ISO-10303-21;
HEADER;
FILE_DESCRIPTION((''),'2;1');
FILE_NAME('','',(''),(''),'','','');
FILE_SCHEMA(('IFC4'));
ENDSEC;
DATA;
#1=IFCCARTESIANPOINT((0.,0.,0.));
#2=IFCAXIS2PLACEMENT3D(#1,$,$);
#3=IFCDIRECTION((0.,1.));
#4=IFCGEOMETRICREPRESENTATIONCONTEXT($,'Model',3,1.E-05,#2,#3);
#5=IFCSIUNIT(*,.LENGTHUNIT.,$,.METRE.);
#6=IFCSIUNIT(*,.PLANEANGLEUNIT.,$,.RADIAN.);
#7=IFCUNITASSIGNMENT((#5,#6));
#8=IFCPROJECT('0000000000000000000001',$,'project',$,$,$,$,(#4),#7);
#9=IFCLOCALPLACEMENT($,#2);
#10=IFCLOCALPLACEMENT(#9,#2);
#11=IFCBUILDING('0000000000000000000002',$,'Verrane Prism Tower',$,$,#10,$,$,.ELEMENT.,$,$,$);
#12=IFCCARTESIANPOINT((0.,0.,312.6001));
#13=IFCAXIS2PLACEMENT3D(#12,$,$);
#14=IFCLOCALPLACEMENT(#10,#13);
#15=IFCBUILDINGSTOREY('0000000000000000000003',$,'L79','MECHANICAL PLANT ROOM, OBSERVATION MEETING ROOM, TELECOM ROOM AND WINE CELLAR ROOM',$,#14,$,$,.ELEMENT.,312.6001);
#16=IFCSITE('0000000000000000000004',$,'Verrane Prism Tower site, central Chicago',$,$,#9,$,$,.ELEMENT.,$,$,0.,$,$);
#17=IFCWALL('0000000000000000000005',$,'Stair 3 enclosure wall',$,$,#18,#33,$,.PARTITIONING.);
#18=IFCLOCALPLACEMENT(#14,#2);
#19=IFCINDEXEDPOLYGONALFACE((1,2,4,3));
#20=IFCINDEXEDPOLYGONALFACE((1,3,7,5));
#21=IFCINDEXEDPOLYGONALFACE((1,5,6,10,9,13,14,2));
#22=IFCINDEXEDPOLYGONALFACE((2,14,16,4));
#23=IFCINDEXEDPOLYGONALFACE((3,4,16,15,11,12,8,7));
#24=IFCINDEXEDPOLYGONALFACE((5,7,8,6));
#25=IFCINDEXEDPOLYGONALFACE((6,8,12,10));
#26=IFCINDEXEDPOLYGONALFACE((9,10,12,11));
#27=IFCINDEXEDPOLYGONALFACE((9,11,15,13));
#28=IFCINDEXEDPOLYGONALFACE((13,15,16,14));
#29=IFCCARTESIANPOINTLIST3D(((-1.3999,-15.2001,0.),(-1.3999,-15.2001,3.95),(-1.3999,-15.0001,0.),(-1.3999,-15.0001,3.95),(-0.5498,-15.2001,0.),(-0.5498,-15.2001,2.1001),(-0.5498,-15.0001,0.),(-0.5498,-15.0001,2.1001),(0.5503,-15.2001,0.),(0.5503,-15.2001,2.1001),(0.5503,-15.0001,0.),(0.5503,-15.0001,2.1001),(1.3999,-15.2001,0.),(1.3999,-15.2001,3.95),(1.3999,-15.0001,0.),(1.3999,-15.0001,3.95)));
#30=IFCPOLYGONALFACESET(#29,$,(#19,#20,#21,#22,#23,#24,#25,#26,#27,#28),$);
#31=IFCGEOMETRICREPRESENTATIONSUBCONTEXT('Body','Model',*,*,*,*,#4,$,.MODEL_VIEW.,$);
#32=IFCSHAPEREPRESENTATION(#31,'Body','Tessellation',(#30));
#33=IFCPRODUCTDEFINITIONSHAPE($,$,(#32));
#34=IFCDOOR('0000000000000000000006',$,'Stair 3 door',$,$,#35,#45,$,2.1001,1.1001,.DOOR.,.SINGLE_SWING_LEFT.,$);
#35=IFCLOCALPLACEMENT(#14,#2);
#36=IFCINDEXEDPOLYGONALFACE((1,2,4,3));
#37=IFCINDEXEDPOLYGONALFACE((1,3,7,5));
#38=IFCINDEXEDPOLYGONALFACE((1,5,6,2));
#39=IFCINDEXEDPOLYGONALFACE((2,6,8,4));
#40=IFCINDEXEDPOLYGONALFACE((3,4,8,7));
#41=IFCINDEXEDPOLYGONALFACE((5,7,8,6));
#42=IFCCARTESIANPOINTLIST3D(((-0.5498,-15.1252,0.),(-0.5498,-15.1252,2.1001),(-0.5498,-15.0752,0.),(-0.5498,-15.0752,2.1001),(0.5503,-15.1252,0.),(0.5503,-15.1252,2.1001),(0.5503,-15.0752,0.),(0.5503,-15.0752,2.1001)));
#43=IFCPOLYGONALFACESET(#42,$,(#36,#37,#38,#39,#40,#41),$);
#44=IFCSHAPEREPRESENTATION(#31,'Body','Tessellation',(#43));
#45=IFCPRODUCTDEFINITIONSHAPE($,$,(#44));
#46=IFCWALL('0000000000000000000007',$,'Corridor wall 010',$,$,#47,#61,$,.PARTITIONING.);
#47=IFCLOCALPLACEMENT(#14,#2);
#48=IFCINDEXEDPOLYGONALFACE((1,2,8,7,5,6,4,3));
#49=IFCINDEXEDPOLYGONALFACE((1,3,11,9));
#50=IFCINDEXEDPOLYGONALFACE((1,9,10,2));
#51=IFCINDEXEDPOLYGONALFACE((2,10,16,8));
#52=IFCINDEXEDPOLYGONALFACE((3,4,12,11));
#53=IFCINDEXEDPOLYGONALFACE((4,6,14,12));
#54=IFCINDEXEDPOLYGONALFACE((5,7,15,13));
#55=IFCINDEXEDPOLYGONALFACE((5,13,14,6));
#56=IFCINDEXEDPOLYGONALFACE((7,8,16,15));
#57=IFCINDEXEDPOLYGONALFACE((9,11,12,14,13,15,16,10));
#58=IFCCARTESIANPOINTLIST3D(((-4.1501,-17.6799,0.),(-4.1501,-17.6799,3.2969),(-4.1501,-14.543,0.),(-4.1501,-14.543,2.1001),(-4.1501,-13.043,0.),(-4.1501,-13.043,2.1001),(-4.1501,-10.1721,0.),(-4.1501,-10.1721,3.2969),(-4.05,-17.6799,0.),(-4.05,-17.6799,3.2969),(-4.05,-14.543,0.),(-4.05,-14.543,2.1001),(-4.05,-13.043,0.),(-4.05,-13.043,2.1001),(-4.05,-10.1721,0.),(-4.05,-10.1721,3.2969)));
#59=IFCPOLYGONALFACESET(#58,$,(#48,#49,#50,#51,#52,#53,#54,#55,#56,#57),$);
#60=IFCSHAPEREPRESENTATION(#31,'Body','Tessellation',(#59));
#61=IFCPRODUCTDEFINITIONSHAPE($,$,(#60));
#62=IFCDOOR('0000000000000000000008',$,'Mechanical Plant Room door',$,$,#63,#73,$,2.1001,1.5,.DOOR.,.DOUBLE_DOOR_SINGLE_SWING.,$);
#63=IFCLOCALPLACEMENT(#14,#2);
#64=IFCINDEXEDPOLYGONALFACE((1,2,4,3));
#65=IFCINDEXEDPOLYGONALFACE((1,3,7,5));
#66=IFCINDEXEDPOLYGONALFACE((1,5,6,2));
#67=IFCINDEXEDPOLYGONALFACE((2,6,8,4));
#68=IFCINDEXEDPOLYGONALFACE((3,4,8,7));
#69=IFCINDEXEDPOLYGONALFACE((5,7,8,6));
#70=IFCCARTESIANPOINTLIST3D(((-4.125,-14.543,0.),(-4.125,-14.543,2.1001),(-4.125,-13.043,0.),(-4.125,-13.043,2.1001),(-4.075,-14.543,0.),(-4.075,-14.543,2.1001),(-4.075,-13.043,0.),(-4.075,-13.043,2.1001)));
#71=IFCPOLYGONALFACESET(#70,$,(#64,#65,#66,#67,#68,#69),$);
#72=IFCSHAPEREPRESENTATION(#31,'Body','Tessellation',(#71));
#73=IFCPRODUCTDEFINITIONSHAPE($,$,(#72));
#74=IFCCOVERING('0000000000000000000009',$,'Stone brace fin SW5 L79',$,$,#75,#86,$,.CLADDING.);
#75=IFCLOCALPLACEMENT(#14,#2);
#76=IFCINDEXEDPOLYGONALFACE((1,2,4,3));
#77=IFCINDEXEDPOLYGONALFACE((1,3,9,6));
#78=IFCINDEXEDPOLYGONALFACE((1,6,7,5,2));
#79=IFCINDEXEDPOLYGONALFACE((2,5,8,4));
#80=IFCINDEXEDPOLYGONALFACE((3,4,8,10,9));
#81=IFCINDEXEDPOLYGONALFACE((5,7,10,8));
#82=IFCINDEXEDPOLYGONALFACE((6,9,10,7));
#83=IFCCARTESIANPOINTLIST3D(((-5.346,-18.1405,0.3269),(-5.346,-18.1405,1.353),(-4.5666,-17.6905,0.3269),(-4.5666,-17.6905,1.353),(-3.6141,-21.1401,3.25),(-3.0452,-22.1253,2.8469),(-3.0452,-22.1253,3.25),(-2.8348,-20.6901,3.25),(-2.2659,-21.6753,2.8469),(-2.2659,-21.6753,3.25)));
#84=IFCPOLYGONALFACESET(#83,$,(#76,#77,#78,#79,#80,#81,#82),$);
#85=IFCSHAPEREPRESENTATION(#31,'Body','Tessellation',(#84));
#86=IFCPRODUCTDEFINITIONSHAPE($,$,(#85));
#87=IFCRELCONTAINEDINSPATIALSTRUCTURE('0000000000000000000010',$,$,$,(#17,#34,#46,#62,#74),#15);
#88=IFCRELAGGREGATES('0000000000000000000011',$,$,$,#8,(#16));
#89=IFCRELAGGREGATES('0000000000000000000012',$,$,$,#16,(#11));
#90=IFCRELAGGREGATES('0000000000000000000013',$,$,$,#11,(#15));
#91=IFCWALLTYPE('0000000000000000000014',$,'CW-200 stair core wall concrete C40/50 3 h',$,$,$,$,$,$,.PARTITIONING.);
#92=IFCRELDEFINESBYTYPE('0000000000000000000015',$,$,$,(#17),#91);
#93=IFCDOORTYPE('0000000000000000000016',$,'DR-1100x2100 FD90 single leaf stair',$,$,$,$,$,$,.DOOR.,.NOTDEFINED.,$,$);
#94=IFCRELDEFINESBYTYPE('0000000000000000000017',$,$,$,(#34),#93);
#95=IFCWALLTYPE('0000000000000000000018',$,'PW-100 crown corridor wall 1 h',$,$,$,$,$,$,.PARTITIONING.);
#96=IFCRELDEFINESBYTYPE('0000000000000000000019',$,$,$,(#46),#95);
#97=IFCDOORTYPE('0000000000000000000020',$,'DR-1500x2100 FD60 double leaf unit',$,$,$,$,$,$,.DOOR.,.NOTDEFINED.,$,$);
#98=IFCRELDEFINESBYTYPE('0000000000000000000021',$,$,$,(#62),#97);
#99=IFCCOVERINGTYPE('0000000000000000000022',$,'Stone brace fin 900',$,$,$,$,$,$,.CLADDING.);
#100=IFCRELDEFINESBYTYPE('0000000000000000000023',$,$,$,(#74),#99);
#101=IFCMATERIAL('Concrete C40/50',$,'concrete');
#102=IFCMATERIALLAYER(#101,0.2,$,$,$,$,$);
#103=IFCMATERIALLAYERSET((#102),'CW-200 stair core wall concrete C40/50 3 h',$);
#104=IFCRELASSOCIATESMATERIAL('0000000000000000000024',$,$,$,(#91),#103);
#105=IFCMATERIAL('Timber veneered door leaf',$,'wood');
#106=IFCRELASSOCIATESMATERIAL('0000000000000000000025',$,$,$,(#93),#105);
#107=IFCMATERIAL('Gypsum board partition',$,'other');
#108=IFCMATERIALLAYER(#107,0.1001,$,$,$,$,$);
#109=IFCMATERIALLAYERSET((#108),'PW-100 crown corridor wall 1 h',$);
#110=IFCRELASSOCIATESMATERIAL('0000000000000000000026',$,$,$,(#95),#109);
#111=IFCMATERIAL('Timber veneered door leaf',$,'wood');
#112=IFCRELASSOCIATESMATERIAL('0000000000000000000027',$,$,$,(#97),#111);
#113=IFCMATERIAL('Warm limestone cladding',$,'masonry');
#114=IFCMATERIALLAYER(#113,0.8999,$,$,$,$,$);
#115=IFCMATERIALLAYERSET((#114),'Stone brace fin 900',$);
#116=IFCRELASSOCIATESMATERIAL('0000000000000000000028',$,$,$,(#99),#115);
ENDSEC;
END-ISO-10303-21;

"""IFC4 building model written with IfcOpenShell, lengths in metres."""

from ifc_helpers import new_model, si_unit, direction, frame, frame_2d, origin, place, context, subcontext, project, spatial, polyline, rectangle, outline, extrude, material, layer, layer_set, type_object, element, fill, save


model = new_model("IFC4")

# Units and contexts
model_context = context("Model", 3, precision=1e-05, world=origin(), true_north=direction((0.0, 1.0)))
body_context = subcontext(model_context, "Body", "Model", "MODEL_VIEW")
ifc_project = project(units=[si_unit("LENGTHUNIT", "METRE"), si_unit("PLANEANGLEUNIT", "RADIAN")], contexts=[model_context])

# Site, building, storey
site_placement = place(None, origin())
site = spatial("IfcSite", under=ifc_project, at=site_placement, Name="Verrane Prism Tower site, central Chicago", CompositionType="ELEMENT", RefElevation=0.0)
building_placement = place(site_placement, origin())
building = spatial("IfcBuilding", under=site, at=building_placement, Name="Verrane Prism Tower", CompositionType="ELEMENT")
storey_placement = place(building_placement, frame((0.0, 0.0, 312.6001)))
storey = spatial("IfcBuildingStorey", under=building, at=storey_placement, Name="L79", Description="MECHANICAL PLANT ROOM, OBSERVATION MEETING ROOM, TELECOM ROOM AND WINE CELLAR ROOM", CompositionType="ELEMENT", Elevation=312.6001)

# Walls, openings, doors
ifc_material_1 = material(Name="Concrete C40/50", Category="concrete")
ifc_layer_1 = layer(ifc_material_1, 0.2)
ifc_layer_set_1 = layer_set([ifc_layer_1], Name="CW-200 stair core wall concrete C40/50 3 h")
wall_type_1 = type_object("IfcWallType", Name="CW-200 stair core wall concrete C40/50 3 h", PredefinedType="PARTITIONING", material=ifc_layer_set_1)
wall_1_placement = place(storey_placement, frame((-1.3999, -15.1001, 0.0), z_axis=(0.0, 0.0, 1.0), x_axis=(1.0, 0.0, 0.0)))
wall_1 = element("IfcWall", 1, at=wall_1_placement, inside=storey, type_object=wall_type_1, Name="Stair 3 enclosure wall", PredefinedType="PARTITIONING", context=body_context, shape_type="SweptSolid", body=[
    extrude(rectangle(XDim=2.7998, YDim=0.2, at=frame_2d((1.3999, 0.0))), origin(), (0.0, 0.0, 1.0), 3.95),
])
opening_1_placement = place(wall_1_placement, frame((0.8501, 0.0, 0.0)))
opening_1 = element("IfcOpeningElement", 2, at=opening_1_placement, cuts=wall_1, PredefinedType="OPENING", context=body_context, shape_type="SweptSolid", body=[
    extrude(rectangle(XDim=1.1001, YDim=2.1001, at=frame_2d((0.55, 1.05))), frame((0.0, 0.1099, 0.0), z_axis=(0.0, -1.0, 0.0), x_axis=(1.0, 0.0, 0.0)), (0.0, 0.0, 1.0), 0.22),
])
ifc_material_2 = material(Name="Timber veneered door leaf", Category="wood")
door_type_1 = type_object("IfcDoorType", Name="DR-1100x2100 FD90 single leaf stair", OperationType="NOTDEFINED", PredefinedType="DOOR", material=ifc_material_2)
door_1_placement = place(opening_1_placement, origin())
door_1 = element("IfcDoor", 3, at=door_1_placement, inside=storey, type_object=door_type_1, Name="Stair 3 door", OperationType="SINGLE_SWING_LEFT", OverallHeight=2.1001, OverallWidth=1.1001, PredefinedType="DOOR", context=body_context, shape_type="SweptSolid", body=[
    extrude(rectangle(XDim=1.1001, YDim=2.1001, at=frame_2d((0.55, 1.05))), frame((0.0, 0.0249, 0.0), z_axis=(0.0, -1.0, 0.0), x_axis=(1.0, 0.0, 0.0)), (0.0, 0.0, 1.0), 0.05),
])
fill(opening_1, door_1)
ifc_material_3 = material(Name="Gypsum board partition", Category="other")
ifc_layer_2 = layer(ifc_material_3, 0.1001)
ifc_layer_set_2 = layer_set([ifc_layer_2], Name="PW-100 crown corridor wall 1 h")
wall_type_2 = type_object("IfcWallType", Name="PW-100 crown corridor wall 1 h", PredefinedType="PARTITIONING", material=ifc_layer_set_2)
wall_2_placement = place(storey_placement, frame((-4.1001, -17.6799, 0.0), z_axis=(0.0, 0.0, 1.0), x_axis=(0.0, 1.0, 0.0)))
wall_2 = element("IfcWall", 4, at=wall_2_placement, inside=storey, type_object=wall_type_2, Name="Corridor wall 010", PredefinedType="PARTITIONING", context=body_context, shape_type="SweptSolid", body=[
    extrude(rectangle(XDim=7.5078, YDim=0.1001, at=frame_2d((3.7539, 0.0))), origin(), (0.0, 0.0, 1.0), 3.2969),
])
opening_2_placement = place(wall_2_placement, frame((3.137, 0.0, 0.0)))
opening_2 = element("IfcOpeningElement", 5, at=opening_2_placement, cuts=wall_2, PredefinedType="OPENING", context=body_context, shape_type="SweptSolid", body=[
    extrude(rectangle(XDim=1.5, YDim=2.1001, at=frame_2d((0.75, 1.05))), frame((0.0, 0.0601, 0.0), z_axis=(0.0, -1.0, 0.0), x_axis=(1.0, 0.0, 0.0)), (0.0, 0.0, 1.0), 0.1201),
])
ifc_material_4 = material(Name="Timber veneered door leaf", Category="wood")
door_type_2 = type_object("IfcDoorType", Name="DR-1500x2100 FD60 double leaf unit", OperationType="NOTDEFINED", PredefinedType="DOOR", material=ifc_material_4)
door_2_placement = place(opening_2_placement, origin())
door_2 = element("IfcDoor", 6, at=door_2_placement, inside=storey, type_object=door_type_2, Name="Mechanical Plant Room door", OperationType="DOUBLE_DOOR_SINGLE_SWING", OverallHeight=2.1001, OverallWidth=1.5, PredefinedType="DOOR", context=body_context, shape_type="SweptSolid", body=[
    extrude(rectangle(XDim=1.5, YDim=2.1001, at=frame_2d((0.75, 1.05))), frame((0.0, 0.0249, 0.0), z_axis=(0.0, -1.0, 0.0), x_axis=(1.0, 0.0, 0.0)), (0.0, 0.0, 1.0), 0.05),
])
fill(opening_2, door_2)

# Covering
ifc_material_5 = material(Name="Warm limestone cladding", Category="masonry")
ifc_layer_3 = layer(ifc_material_5, 0.8999)
ifc_layer_set_3 = layer_set([ifc_layer_3], Name="Stone brace fin 900")
covering_type = type_object("IfcCoveringType", Name="Stone brace fin 900", PredefinedType="CLADDING", material=ifc_layer_set_3)
covering_placement = place(storey_placement, frame((-4.9563, -17.9155, 0.3269), z_axis=(0.0, 0.0, 1.0), x_axis=(0.500019, -0.866014, 0.0)))
element("IfcCovering", 7, at=covering_placement, inside=storey, type_object=covering_type, Name="Stone brace fin SW5 L79", PredefinedType="CLADDING", context=body_context, shape_type="SweptSolid", body=[
    extrude(outline(polyline([(4.6013, 2.9231), (3.4636, 2.9231), (0.0, 1.0261), (0.0, 0.0), (4.6013, 2.52), (4.6013, 2.9231)])), frame((0.0, 0.45, 0.0), z_axis=(0.0, -1.0, 0.0), x_axis=(1.0, 0.0, 0.0)), (0.0, 0.0, 1.0), 0.8999),
])

save(model, "model.ifc")
